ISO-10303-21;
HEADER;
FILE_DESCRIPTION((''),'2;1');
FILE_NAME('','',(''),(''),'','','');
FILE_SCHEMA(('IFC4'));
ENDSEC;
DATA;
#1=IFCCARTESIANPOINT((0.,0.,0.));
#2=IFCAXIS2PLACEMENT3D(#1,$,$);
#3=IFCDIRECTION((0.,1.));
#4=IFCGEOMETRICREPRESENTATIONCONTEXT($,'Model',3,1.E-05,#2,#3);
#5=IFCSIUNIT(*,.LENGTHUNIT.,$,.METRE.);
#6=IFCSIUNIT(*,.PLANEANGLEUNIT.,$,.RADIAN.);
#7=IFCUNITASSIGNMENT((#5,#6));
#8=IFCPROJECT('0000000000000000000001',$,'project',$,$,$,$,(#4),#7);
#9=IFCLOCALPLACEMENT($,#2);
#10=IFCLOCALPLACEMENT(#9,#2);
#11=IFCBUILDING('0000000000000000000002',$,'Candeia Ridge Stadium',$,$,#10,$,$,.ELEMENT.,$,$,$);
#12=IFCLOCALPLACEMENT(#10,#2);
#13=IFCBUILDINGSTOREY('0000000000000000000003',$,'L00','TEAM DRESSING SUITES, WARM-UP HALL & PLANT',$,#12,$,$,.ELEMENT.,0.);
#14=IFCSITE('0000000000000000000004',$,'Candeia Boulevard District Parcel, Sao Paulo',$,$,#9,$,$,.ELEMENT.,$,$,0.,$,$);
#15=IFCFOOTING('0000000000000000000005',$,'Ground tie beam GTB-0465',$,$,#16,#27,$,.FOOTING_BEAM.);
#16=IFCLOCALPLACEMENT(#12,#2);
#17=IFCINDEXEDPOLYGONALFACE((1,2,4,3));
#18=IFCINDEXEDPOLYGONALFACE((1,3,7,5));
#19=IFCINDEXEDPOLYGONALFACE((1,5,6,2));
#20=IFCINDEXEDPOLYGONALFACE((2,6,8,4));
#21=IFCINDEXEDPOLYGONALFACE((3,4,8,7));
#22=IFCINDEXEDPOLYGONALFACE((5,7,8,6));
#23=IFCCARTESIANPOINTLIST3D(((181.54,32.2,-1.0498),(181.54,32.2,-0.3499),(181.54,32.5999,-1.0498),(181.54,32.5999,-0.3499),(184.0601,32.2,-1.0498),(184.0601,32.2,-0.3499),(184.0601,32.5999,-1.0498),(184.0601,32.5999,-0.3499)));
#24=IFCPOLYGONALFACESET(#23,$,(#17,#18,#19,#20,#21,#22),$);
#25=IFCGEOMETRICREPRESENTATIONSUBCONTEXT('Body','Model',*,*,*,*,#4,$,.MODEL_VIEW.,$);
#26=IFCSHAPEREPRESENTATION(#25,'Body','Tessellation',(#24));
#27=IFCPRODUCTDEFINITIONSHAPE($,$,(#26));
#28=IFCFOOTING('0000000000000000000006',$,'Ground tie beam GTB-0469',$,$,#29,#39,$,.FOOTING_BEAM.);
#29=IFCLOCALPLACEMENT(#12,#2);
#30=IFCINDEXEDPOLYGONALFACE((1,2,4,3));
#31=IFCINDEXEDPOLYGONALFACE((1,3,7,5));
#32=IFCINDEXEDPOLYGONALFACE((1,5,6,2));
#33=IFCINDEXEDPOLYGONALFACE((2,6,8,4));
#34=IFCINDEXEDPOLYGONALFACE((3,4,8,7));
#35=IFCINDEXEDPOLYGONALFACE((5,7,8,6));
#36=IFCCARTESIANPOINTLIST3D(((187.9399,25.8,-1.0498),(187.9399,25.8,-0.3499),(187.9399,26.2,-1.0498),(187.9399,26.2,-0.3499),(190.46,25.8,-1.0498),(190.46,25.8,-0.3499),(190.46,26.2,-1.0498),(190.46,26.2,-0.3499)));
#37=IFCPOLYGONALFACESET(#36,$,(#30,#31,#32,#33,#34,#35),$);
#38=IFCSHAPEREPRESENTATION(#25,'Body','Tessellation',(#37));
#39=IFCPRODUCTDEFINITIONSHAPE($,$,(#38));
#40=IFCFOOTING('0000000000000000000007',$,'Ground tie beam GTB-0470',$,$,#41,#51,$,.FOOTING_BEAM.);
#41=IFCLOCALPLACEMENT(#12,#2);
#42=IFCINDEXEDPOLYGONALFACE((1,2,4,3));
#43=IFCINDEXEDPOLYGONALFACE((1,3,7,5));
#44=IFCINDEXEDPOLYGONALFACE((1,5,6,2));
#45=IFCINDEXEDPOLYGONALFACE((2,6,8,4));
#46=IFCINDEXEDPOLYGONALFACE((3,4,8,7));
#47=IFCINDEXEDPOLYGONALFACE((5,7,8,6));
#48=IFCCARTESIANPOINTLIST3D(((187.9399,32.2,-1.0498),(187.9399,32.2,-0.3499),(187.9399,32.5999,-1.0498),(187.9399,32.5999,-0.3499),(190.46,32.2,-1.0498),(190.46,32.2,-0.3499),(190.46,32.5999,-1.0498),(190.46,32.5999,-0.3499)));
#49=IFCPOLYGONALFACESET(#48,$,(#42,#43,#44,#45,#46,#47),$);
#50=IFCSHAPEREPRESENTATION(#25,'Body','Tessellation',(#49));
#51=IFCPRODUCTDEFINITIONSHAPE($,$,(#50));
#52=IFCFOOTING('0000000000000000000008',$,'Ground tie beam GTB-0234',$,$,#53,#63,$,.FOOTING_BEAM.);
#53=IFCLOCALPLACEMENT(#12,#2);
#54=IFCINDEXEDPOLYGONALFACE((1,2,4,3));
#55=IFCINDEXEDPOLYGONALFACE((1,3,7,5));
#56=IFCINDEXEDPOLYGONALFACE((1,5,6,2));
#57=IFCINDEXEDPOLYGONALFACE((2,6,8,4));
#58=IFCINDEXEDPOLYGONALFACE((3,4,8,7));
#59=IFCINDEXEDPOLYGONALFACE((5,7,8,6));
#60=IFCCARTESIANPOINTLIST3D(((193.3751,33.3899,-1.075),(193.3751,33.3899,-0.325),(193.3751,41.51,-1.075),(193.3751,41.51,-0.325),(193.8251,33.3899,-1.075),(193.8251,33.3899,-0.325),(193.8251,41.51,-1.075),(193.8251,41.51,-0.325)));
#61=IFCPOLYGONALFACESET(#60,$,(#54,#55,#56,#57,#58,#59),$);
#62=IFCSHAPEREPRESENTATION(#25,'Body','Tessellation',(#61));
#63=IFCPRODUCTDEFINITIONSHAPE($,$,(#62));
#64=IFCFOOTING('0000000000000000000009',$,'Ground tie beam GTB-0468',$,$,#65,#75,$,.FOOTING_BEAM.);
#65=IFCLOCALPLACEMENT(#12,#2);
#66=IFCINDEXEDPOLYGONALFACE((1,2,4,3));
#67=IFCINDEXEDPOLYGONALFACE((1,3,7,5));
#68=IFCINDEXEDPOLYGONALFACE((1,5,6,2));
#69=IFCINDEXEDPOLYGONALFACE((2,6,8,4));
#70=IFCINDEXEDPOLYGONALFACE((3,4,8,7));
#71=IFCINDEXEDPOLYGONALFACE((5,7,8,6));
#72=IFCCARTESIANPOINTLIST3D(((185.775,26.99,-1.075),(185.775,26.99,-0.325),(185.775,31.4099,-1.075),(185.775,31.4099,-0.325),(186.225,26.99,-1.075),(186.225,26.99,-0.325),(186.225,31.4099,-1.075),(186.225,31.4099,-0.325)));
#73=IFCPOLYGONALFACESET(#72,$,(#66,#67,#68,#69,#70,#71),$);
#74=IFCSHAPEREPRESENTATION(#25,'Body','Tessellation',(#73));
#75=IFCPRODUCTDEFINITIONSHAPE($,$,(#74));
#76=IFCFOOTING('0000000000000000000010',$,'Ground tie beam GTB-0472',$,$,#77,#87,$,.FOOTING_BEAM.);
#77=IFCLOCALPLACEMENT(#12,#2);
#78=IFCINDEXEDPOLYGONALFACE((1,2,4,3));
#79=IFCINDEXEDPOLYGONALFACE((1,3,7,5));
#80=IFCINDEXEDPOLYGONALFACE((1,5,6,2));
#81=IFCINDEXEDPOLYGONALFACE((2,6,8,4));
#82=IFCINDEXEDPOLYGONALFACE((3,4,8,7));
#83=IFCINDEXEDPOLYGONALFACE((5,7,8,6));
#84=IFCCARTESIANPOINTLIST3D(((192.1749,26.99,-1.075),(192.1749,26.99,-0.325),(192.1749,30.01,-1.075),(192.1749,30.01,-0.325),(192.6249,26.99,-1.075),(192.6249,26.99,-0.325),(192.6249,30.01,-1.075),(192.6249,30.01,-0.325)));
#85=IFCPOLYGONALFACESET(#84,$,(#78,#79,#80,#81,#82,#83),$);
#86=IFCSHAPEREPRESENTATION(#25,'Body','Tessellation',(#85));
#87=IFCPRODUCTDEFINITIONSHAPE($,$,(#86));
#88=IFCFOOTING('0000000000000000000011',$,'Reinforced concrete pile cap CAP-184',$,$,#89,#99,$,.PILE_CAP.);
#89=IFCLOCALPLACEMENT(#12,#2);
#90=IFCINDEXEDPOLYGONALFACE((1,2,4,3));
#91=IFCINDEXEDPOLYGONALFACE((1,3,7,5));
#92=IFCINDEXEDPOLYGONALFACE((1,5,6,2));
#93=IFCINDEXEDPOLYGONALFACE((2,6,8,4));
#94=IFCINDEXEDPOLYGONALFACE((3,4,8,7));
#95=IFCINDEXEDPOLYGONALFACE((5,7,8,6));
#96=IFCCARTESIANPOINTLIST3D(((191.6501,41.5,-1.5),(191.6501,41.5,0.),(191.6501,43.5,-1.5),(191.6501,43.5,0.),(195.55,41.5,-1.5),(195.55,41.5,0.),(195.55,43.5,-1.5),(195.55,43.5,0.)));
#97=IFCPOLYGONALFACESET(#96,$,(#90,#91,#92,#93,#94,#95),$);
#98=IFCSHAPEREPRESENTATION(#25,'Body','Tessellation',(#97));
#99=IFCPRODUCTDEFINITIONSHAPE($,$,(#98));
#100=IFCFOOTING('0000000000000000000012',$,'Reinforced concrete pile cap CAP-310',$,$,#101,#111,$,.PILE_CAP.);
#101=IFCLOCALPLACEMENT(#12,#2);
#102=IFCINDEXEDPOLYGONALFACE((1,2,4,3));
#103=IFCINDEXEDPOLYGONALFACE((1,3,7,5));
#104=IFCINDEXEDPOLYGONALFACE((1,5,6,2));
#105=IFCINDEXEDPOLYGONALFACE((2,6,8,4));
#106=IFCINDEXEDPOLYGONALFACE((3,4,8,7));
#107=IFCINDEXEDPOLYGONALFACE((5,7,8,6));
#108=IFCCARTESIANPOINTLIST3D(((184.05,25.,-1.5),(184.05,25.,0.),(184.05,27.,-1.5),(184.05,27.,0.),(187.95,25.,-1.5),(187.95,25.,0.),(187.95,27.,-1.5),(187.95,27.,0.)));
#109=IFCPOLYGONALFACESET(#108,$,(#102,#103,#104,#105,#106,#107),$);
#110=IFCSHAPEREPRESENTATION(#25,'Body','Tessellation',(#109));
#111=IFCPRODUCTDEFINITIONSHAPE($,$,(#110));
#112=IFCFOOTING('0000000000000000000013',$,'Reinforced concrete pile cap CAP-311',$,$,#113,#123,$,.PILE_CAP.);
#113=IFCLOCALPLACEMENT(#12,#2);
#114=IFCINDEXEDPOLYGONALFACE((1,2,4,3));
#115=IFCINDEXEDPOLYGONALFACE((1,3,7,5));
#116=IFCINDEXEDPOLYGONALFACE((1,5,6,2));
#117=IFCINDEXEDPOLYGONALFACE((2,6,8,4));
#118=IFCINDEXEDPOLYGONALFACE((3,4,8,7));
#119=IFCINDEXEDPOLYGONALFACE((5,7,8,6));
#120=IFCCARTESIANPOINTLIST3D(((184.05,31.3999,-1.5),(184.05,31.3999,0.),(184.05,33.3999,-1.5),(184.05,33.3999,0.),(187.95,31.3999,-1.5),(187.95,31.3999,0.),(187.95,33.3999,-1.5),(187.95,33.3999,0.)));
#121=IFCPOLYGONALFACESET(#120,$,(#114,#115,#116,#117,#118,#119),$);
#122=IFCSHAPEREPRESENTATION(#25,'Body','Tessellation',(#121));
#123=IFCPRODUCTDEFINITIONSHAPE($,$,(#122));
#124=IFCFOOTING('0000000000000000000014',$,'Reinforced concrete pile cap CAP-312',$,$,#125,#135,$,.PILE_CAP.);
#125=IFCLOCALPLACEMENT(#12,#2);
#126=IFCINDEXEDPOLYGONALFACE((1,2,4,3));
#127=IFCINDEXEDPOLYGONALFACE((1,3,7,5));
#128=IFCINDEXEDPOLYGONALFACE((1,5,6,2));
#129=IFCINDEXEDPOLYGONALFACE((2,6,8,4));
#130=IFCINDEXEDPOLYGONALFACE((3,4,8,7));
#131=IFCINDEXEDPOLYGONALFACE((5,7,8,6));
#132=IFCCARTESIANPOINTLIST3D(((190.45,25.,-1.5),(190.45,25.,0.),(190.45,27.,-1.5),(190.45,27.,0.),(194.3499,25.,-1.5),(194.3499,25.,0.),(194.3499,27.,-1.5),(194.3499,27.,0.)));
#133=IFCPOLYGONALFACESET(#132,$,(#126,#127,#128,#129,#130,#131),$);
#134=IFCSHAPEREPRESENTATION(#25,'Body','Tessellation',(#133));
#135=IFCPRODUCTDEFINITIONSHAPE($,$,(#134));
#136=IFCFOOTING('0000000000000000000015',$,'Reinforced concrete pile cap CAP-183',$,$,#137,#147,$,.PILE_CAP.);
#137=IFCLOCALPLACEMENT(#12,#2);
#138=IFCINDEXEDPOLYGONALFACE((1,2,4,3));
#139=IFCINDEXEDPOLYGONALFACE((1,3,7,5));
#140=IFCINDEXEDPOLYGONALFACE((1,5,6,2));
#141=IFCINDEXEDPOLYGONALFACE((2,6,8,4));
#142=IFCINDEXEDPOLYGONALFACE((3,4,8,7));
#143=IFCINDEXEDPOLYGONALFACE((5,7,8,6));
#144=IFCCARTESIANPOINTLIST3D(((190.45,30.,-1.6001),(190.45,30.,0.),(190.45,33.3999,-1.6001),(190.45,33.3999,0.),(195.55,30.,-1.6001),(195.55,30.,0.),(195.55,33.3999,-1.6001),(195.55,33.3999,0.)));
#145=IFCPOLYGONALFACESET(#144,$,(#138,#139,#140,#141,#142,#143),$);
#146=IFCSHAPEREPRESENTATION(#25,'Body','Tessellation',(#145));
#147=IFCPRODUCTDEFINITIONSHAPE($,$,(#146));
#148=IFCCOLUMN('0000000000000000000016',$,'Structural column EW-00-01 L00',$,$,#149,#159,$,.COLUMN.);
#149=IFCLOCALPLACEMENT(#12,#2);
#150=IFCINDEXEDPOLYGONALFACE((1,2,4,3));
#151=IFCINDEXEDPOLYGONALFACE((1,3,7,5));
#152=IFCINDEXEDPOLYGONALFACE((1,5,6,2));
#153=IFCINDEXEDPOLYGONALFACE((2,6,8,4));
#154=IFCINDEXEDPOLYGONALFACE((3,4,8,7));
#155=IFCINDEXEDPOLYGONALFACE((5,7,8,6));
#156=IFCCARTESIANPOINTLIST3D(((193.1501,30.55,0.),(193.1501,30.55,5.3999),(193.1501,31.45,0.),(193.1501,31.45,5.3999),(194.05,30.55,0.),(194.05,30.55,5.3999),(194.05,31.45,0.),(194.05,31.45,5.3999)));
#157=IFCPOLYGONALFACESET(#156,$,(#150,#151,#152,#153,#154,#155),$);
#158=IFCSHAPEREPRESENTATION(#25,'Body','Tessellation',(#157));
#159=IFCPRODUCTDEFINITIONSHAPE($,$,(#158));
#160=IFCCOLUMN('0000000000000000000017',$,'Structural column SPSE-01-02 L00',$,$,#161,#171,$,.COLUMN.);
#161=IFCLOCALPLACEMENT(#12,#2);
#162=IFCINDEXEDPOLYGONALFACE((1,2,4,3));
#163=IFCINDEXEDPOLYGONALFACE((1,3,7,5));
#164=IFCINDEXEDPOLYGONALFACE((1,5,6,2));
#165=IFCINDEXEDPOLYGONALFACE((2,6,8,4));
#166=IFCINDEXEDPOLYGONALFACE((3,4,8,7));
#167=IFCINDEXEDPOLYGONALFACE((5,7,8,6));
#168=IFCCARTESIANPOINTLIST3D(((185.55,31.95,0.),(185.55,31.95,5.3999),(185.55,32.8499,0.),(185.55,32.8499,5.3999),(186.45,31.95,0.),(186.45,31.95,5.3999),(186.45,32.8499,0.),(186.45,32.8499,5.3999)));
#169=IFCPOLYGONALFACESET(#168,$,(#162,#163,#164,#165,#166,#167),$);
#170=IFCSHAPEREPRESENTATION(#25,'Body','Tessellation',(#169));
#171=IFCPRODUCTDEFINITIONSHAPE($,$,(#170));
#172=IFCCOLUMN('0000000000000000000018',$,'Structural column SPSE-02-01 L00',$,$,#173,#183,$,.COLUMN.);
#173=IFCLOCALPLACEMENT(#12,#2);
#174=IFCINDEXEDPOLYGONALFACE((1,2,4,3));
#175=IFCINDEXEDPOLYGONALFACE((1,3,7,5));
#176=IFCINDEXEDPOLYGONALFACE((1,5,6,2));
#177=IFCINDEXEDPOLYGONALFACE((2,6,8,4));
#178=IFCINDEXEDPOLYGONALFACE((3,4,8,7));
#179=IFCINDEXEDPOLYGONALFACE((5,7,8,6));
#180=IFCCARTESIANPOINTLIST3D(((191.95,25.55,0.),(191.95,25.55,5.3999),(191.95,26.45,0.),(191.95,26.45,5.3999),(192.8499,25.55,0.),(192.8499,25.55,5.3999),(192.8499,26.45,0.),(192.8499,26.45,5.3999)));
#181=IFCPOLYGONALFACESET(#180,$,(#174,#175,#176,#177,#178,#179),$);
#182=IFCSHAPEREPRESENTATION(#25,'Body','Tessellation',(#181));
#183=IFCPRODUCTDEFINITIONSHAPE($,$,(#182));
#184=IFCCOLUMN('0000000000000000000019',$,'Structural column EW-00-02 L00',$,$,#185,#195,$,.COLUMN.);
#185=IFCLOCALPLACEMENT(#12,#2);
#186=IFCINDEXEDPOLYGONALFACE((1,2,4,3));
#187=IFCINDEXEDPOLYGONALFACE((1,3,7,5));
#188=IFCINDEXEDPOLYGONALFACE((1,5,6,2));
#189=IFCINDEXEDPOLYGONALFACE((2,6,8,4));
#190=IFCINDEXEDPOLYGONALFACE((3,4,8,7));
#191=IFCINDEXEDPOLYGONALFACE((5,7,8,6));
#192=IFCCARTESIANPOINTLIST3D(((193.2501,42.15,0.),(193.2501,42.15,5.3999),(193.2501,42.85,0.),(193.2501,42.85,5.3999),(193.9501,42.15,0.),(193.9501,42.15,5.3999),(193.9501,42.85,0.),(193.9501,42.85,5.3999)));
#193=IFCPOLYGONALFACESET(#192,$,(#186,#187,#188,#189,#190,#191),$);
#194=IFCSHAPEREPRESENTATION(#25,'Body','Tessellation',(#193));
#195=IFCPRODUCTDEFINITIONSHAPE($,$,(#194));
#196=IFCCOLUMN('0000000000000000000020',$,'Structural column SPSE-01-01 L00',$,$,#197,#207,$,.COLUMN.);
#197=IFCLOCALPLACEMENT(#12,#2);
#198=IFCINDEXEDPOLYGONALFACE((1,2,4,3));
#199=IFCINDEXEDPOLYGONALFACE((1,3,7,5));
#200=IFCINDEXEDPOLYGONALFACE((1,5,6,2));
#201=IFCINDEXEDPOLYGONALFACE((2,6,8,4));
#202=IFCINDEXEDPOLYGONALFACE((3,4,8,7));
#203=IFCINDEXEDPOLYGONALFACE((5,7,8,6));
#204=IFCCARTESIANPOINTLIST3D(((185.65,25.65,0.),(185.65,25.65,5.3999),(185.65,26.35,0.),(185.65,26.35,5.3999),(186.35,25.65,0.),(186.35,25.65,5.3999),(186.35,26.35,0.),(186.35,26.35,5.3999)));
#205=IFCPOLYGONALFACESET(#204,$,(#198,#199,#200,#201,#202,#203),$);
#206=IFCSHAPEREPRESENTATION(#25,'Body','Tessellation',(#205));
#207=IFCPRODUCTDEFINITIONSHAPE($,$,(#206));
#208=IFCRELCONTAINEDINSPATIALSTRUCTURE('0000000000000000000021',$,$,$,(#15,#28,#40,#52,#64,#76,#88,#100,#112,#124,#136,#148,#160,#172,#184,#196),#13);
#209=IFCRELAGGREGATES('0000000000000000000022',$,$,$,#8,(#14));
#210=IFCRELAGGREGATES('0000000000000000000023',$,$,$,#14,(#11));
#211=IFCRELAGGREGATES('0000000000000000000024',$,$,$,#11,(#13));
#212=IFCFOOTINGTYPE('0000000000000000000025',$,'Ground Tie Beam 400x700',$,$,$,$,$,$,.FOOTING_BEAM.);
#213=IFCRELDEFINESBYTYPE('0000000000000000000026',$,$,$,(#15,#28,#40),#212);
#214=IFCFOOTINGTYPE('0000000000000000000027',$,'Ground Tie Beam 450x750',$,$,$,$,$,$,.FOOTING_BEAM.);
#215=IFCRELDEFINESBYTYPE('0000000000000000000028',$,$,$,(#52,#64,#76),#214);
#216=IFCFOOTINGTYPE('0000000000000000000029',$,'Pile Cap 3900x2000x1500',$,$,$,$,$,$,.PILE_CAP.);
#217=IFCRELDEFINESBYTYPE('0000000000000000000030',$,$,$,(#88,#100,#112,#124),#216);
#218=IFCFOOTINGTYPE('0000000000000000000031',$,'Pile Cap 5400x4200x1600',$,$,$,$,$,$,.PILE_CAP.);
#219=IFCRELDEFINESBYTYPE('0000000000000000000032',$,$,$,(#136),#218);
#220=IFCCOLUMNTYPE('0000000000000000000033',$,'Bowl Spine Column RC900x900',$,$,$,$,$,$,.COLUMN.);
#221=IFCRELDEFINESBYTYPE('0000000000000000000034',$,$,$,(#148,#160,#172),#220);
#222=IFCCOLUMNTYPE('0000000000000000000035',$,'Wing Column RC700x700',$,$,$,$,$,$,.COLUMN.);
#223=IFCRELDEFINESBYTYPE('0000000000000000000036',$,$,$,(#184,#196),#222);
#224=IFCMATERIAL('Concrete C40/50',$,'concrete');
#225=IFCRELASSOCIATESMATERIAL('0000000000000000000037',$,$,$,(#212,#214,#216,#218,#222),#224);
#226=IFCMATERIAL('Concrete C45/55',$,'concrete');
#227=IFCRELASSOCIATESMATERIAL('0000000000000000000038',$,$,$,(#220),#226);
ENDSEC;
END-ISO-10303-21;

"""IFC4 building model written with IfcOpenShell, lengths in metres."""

from ifc_helpers import new_model, si_unit, direction, frame, origin, origin_2d, place, context, subcontext, project, spatial, rectangle, extrude, material, material_profile, profile_set, type_object, element, save


model = new_model("IFC4")

# Units and contexts
model_context = context("Model", 3, precision=1e-05, world=origin(), true_north=direction((0.0, 1.0)))
body_context = subcontext(model_context, "Body", "Model", "MODEL_VIEW")
ifc_project = project(units=[si_unit("LENGTHUNIT", "METRE"), si_unit("PLANEANGLEUNIT", "RADIAN")], contexts=[model_context])

# Site, building, storey
site_placement = place(None, origin())
site = spatial("IfcSite", under=ifc_project, at=site_placement, Name="Candeia Boulevard District Parcel, Sao Paulo", CompositionType="ELEMENT", RefElevation=0.0)
building_placement = place(site_placement, origin())
building = spatial("IfcBuilding", under=site, at=building_placement, Name="Candeia Ridge Stadium", CompositionType="ELEMENT")
storey_placement = place(building_placement, origin())
storey = spatial("IfcBuildingStorey", under=building, at=storey_placement, Name="L00", Description="TEAM DRESSING SUITES, WARM-UP HALL & PLANT", CompositionType="ELEMENT", Elevation=0.0)

# Shared definitions
ifc_material_1 = material(Name="Concrete C40/50", Category="concrete")

# Footings
footing_type_1 = type_object("IfcFootingType", Name="Ground Tie Beam 400x700", PredefinedType="FOOTING_BEAM", material=ifc_material_1)
for number, where, z_axis, x_axis, name in (
    (1, (182.8, 32.3999, -1.0498), (0.0, 0.0, 1.0), (1.0, 0.0, 0.0), "Ground tie beam GTB-0465"),
    (2, (189.2, 26.0, -1.0498), (0.0, 0.0, 1.0), (1.0, 0.0, 0.0), "Ground tie beam GTB-0469"),
    (3, (189.2, 32.3999, -1.0498), (0.0, 0.0, 1.0), (1.0, 0.0, 0.0), "Ground tie beam GTB-0470"),
):
    element("IfcFooting", number, at=place(storey_placement, frame(where, z_axis=z_axis, x_axis=x_axis)), inside=storey, type_object=footing_type_1, Name=name, PredefinedType="FOOTING_BEAM", context=body_context, shape_type="SweptSolid", body=[
        extrude(rectangle(XDim=2.52, YDim=0.3999, at=origin_2d()), origin(), (0.0, 0.0, 1.0), 0.7),
    ])
footing_type_2 = type_object("IfcFootingType", Name="Ground Tie Beam 450x750", PredefinedType="FOOTING_BEAM", material=ifc_material_1)
footing_1_placement = place(storey_placement, frame((193.6001, 37.45, -1.075), z_axis=(0.0, 0.0, 1.0), x_axis=(0.0, 1.0, 0.0)))
element("IfcFooting", 4, at=footing_1_placement, inside=storey, type_object=footing_type_2, Name="Ground tie beam GTB-0234", PredefinedType="FOOTING_BEAM", context=body_context, shape_type="SweptSolid", body=[
    extrude(rectangle(XDim=8.1201, YDim=0.45, at=origin_2d()), origin(), (0.0, 0.0, 1.0), 0.75),
])
footing_2_placement = place(storey_placement, frame((186.0, 29.2, -1.075), z_axis=(0.0, 0.0, 1.0), x_axis=(0.0, 1.0, 0.0)))
element("IfcFooting", 5, at=footing_2_placement, inside=storey, type_object=footing_type_2, Name="Ground tie beam GTB-0468", PredefinedType="FOOTING_BEAM", context=body_context, shape_type="SweptSolid", body=[
    extrude(rectangle(XDim=4.4199, YDim=0.45, at=origin_2d()), origin(), (0.0, 0.0, 1.0), 0.75),
])
footing_3_placement = place(storey_placement, frame((192.3999, 28.5, -1.075), z_axis=(0.0, 0.0, 1.0), x_axis=(0.0, 1.0, 0.0)))
element("IfcFooting", 6, at=footing_3_placement, inside=storey, type_object=footing_type_2, Name="Ground tie beam GTB-0472", PredefinedType="FOOTING_BEAM", context=body_context, shape_type="SweptSolid", body=[
    extrude(rectangle(XDim=3.02, YDim=0.45, at=origin_2d()), origin(), (0.0, 0.0, 1.0), 0.75),
])
footing_type_3 = type_object("IfcFootingType", Name="Pile Cap 3900x2000x1500", PredefinedType="PILE_CAP", material=ifc_material_1)
for number, where, z_axis, x_axis, name in (
    (7, (193.6001, 42.5, -1.5), (0.0, 0.0, 1.0), (1.0, 0.0, 0.0), "Reinforced concrete pile cap CAP-184"),
    (8, (186.0, 26.0, -1.5), (0.0, 0.0, 1.0), (1.0, 0.0, 0.0), "Reinforced concrete pile cap CAP-310"),
    (9, (186.0, 32.3999, -1.5), (0.0, 0.0, 1.0), (1.0, 0.0, 0.0), "Reinforced concrete pile cap CAP-311"),
    (10, (192.3999, 26.0, -1.5), (0.0, 0.0, 1.0), (1.0, 0.0, 0.0), "Reinforced concrete pile cap CAP-312"),
):
    element("IfcFooting", number, at=place(storey_placement, frame(where, z_axis=z_axis, x_axis=x_axis)), inside=storey, type_object=footing_type_3, Name=name, PredefinedType="PILE_CAP", context=body_context, shape_type="SweptSolid", body=[
        extrude(rectangle(XDim=3.8999, YDim=2.0, at=origin_2d()), origin(), (0.0, 0.0, 1.0), 1.5),
    ])
footing_type_4 = type_object("IfcFootingType", Name="Pile Cap 5400x4200x1600", PredefinedType="PILE_CAP", material=ifc_material_1)
footing_4_placement = place(storey_placement, frame((193.0, 31.7, -1.6001), z_axis=(0.0, 0.0, 1.0), x_axis=(1.0, 0.0, 0.0)))
element("IfcFooting", 11, at=footing_4_placement, inside=storey, type_object=footing_type_4, Name="Reinforced concrete pile cap CAP-183", PredefinedType="PILE_CAP", context=body_context, shape_type="SweptSolid", body=[
    extrude(rectangle(XDim=5.1001, YDim=3.3999, at=origin_2d()), origin(), (0.0, 0.0, 1.0), 1.6001),
])

# Columns
ifc_material_2 = material(Name="Concrete C45/55", Category="concrete")
ifc_material_profile_1 = material_profile(ifc_material_2, rectangle(XDim=0.8999, YDim=0.8999, at=origin_2d()), Name="RC900x900", Category="concrete")
ifc_profile_set_1 = profile_set([ifc_material_profile_1], Name="Concrete C45/55")
column_type_1 = type_object("IfcColumnType", Name="Bowl Spine Column RC900x900", PredefinedType="COLUMN", material=ifc_profile_set_1)
for number, where, z_axis, x_axis, name in (
    (12, (193.6001, 31.0, 0.0), (0.0, 0.0, 1.0), (1.0, 0.0, 0.0), "Structural column EW-00-01 L00"),
    (13, (186.0, 32.3999, 0.0), (0.0, 0.0, 1.0), (1.0, 0.0, 0.0), "Structural column SPSE-01-02 L00"),
    (14, (192.3999, 26.0, 0.0), (0.0, 0.0, 1.0), (1.0, 0.0, 0.0), "Structural column SPSE-02-01 L00"),
):
    element("IfcColumn", number, at=place(storey_placement, frame(where, z_axis=z_axis, x_axis=x_axis)), inside=storey, type_object=column_type_1, Name=name, PredefinedType="COLUMN", context=body_context, shape_type="SweptSolid", body=[
        extrude(rectangle(XDim=0.8999, YDim=0.8999, at=origin_2d()), origin(), (0.0, 0.0, 1.0), 5.3999),
    ])
ifc_material_profile_2 = material_profile(ifc_material_1, rectangle(XDim=0.7, YDim=0.7, at=origin_2d()), Name="RC700x700", Category="concrete")
ifc_profile_set_2 = profile_set([ifc_material_profile_2], Name="Concrete C40/50")
column_type_2 = type_object("IfcColumnType", Name="Wing Column RC700x700", PredefinedType="COLUMN", material=ifc_profile_set_2)
for number, where, z_axis, x_axis, name in (
    (15, (193.6001, 42.5, 0.0), (0.0, 0.0, 1.0), (1.0, 0.0, 0.0), "Structural column EW-00-02 L00"),
    (16, (186.0, 26.0, 0.0), (0.0, 0.0, 1.0), (1.0, 0.0, 0.0), "Structural column SPSE-01-01 L00"),
):
    element("IfcColumn", number, at=place(storey_placement, frame(where, z_axis=z_axis, x_axis=x_axis)), inside=storey, type_object=column_type_2, Name=name, PredefinedType="COLUMN", context=body_context, shape_type="SweptSolid", body=[
        extrude(rectangle(XDim=0.7, YDim=0.7, at=origin_2d()), origin(), (0.0, 0.0, 1.0), 5.3999),
    ])

save(model, "model.ifc")
